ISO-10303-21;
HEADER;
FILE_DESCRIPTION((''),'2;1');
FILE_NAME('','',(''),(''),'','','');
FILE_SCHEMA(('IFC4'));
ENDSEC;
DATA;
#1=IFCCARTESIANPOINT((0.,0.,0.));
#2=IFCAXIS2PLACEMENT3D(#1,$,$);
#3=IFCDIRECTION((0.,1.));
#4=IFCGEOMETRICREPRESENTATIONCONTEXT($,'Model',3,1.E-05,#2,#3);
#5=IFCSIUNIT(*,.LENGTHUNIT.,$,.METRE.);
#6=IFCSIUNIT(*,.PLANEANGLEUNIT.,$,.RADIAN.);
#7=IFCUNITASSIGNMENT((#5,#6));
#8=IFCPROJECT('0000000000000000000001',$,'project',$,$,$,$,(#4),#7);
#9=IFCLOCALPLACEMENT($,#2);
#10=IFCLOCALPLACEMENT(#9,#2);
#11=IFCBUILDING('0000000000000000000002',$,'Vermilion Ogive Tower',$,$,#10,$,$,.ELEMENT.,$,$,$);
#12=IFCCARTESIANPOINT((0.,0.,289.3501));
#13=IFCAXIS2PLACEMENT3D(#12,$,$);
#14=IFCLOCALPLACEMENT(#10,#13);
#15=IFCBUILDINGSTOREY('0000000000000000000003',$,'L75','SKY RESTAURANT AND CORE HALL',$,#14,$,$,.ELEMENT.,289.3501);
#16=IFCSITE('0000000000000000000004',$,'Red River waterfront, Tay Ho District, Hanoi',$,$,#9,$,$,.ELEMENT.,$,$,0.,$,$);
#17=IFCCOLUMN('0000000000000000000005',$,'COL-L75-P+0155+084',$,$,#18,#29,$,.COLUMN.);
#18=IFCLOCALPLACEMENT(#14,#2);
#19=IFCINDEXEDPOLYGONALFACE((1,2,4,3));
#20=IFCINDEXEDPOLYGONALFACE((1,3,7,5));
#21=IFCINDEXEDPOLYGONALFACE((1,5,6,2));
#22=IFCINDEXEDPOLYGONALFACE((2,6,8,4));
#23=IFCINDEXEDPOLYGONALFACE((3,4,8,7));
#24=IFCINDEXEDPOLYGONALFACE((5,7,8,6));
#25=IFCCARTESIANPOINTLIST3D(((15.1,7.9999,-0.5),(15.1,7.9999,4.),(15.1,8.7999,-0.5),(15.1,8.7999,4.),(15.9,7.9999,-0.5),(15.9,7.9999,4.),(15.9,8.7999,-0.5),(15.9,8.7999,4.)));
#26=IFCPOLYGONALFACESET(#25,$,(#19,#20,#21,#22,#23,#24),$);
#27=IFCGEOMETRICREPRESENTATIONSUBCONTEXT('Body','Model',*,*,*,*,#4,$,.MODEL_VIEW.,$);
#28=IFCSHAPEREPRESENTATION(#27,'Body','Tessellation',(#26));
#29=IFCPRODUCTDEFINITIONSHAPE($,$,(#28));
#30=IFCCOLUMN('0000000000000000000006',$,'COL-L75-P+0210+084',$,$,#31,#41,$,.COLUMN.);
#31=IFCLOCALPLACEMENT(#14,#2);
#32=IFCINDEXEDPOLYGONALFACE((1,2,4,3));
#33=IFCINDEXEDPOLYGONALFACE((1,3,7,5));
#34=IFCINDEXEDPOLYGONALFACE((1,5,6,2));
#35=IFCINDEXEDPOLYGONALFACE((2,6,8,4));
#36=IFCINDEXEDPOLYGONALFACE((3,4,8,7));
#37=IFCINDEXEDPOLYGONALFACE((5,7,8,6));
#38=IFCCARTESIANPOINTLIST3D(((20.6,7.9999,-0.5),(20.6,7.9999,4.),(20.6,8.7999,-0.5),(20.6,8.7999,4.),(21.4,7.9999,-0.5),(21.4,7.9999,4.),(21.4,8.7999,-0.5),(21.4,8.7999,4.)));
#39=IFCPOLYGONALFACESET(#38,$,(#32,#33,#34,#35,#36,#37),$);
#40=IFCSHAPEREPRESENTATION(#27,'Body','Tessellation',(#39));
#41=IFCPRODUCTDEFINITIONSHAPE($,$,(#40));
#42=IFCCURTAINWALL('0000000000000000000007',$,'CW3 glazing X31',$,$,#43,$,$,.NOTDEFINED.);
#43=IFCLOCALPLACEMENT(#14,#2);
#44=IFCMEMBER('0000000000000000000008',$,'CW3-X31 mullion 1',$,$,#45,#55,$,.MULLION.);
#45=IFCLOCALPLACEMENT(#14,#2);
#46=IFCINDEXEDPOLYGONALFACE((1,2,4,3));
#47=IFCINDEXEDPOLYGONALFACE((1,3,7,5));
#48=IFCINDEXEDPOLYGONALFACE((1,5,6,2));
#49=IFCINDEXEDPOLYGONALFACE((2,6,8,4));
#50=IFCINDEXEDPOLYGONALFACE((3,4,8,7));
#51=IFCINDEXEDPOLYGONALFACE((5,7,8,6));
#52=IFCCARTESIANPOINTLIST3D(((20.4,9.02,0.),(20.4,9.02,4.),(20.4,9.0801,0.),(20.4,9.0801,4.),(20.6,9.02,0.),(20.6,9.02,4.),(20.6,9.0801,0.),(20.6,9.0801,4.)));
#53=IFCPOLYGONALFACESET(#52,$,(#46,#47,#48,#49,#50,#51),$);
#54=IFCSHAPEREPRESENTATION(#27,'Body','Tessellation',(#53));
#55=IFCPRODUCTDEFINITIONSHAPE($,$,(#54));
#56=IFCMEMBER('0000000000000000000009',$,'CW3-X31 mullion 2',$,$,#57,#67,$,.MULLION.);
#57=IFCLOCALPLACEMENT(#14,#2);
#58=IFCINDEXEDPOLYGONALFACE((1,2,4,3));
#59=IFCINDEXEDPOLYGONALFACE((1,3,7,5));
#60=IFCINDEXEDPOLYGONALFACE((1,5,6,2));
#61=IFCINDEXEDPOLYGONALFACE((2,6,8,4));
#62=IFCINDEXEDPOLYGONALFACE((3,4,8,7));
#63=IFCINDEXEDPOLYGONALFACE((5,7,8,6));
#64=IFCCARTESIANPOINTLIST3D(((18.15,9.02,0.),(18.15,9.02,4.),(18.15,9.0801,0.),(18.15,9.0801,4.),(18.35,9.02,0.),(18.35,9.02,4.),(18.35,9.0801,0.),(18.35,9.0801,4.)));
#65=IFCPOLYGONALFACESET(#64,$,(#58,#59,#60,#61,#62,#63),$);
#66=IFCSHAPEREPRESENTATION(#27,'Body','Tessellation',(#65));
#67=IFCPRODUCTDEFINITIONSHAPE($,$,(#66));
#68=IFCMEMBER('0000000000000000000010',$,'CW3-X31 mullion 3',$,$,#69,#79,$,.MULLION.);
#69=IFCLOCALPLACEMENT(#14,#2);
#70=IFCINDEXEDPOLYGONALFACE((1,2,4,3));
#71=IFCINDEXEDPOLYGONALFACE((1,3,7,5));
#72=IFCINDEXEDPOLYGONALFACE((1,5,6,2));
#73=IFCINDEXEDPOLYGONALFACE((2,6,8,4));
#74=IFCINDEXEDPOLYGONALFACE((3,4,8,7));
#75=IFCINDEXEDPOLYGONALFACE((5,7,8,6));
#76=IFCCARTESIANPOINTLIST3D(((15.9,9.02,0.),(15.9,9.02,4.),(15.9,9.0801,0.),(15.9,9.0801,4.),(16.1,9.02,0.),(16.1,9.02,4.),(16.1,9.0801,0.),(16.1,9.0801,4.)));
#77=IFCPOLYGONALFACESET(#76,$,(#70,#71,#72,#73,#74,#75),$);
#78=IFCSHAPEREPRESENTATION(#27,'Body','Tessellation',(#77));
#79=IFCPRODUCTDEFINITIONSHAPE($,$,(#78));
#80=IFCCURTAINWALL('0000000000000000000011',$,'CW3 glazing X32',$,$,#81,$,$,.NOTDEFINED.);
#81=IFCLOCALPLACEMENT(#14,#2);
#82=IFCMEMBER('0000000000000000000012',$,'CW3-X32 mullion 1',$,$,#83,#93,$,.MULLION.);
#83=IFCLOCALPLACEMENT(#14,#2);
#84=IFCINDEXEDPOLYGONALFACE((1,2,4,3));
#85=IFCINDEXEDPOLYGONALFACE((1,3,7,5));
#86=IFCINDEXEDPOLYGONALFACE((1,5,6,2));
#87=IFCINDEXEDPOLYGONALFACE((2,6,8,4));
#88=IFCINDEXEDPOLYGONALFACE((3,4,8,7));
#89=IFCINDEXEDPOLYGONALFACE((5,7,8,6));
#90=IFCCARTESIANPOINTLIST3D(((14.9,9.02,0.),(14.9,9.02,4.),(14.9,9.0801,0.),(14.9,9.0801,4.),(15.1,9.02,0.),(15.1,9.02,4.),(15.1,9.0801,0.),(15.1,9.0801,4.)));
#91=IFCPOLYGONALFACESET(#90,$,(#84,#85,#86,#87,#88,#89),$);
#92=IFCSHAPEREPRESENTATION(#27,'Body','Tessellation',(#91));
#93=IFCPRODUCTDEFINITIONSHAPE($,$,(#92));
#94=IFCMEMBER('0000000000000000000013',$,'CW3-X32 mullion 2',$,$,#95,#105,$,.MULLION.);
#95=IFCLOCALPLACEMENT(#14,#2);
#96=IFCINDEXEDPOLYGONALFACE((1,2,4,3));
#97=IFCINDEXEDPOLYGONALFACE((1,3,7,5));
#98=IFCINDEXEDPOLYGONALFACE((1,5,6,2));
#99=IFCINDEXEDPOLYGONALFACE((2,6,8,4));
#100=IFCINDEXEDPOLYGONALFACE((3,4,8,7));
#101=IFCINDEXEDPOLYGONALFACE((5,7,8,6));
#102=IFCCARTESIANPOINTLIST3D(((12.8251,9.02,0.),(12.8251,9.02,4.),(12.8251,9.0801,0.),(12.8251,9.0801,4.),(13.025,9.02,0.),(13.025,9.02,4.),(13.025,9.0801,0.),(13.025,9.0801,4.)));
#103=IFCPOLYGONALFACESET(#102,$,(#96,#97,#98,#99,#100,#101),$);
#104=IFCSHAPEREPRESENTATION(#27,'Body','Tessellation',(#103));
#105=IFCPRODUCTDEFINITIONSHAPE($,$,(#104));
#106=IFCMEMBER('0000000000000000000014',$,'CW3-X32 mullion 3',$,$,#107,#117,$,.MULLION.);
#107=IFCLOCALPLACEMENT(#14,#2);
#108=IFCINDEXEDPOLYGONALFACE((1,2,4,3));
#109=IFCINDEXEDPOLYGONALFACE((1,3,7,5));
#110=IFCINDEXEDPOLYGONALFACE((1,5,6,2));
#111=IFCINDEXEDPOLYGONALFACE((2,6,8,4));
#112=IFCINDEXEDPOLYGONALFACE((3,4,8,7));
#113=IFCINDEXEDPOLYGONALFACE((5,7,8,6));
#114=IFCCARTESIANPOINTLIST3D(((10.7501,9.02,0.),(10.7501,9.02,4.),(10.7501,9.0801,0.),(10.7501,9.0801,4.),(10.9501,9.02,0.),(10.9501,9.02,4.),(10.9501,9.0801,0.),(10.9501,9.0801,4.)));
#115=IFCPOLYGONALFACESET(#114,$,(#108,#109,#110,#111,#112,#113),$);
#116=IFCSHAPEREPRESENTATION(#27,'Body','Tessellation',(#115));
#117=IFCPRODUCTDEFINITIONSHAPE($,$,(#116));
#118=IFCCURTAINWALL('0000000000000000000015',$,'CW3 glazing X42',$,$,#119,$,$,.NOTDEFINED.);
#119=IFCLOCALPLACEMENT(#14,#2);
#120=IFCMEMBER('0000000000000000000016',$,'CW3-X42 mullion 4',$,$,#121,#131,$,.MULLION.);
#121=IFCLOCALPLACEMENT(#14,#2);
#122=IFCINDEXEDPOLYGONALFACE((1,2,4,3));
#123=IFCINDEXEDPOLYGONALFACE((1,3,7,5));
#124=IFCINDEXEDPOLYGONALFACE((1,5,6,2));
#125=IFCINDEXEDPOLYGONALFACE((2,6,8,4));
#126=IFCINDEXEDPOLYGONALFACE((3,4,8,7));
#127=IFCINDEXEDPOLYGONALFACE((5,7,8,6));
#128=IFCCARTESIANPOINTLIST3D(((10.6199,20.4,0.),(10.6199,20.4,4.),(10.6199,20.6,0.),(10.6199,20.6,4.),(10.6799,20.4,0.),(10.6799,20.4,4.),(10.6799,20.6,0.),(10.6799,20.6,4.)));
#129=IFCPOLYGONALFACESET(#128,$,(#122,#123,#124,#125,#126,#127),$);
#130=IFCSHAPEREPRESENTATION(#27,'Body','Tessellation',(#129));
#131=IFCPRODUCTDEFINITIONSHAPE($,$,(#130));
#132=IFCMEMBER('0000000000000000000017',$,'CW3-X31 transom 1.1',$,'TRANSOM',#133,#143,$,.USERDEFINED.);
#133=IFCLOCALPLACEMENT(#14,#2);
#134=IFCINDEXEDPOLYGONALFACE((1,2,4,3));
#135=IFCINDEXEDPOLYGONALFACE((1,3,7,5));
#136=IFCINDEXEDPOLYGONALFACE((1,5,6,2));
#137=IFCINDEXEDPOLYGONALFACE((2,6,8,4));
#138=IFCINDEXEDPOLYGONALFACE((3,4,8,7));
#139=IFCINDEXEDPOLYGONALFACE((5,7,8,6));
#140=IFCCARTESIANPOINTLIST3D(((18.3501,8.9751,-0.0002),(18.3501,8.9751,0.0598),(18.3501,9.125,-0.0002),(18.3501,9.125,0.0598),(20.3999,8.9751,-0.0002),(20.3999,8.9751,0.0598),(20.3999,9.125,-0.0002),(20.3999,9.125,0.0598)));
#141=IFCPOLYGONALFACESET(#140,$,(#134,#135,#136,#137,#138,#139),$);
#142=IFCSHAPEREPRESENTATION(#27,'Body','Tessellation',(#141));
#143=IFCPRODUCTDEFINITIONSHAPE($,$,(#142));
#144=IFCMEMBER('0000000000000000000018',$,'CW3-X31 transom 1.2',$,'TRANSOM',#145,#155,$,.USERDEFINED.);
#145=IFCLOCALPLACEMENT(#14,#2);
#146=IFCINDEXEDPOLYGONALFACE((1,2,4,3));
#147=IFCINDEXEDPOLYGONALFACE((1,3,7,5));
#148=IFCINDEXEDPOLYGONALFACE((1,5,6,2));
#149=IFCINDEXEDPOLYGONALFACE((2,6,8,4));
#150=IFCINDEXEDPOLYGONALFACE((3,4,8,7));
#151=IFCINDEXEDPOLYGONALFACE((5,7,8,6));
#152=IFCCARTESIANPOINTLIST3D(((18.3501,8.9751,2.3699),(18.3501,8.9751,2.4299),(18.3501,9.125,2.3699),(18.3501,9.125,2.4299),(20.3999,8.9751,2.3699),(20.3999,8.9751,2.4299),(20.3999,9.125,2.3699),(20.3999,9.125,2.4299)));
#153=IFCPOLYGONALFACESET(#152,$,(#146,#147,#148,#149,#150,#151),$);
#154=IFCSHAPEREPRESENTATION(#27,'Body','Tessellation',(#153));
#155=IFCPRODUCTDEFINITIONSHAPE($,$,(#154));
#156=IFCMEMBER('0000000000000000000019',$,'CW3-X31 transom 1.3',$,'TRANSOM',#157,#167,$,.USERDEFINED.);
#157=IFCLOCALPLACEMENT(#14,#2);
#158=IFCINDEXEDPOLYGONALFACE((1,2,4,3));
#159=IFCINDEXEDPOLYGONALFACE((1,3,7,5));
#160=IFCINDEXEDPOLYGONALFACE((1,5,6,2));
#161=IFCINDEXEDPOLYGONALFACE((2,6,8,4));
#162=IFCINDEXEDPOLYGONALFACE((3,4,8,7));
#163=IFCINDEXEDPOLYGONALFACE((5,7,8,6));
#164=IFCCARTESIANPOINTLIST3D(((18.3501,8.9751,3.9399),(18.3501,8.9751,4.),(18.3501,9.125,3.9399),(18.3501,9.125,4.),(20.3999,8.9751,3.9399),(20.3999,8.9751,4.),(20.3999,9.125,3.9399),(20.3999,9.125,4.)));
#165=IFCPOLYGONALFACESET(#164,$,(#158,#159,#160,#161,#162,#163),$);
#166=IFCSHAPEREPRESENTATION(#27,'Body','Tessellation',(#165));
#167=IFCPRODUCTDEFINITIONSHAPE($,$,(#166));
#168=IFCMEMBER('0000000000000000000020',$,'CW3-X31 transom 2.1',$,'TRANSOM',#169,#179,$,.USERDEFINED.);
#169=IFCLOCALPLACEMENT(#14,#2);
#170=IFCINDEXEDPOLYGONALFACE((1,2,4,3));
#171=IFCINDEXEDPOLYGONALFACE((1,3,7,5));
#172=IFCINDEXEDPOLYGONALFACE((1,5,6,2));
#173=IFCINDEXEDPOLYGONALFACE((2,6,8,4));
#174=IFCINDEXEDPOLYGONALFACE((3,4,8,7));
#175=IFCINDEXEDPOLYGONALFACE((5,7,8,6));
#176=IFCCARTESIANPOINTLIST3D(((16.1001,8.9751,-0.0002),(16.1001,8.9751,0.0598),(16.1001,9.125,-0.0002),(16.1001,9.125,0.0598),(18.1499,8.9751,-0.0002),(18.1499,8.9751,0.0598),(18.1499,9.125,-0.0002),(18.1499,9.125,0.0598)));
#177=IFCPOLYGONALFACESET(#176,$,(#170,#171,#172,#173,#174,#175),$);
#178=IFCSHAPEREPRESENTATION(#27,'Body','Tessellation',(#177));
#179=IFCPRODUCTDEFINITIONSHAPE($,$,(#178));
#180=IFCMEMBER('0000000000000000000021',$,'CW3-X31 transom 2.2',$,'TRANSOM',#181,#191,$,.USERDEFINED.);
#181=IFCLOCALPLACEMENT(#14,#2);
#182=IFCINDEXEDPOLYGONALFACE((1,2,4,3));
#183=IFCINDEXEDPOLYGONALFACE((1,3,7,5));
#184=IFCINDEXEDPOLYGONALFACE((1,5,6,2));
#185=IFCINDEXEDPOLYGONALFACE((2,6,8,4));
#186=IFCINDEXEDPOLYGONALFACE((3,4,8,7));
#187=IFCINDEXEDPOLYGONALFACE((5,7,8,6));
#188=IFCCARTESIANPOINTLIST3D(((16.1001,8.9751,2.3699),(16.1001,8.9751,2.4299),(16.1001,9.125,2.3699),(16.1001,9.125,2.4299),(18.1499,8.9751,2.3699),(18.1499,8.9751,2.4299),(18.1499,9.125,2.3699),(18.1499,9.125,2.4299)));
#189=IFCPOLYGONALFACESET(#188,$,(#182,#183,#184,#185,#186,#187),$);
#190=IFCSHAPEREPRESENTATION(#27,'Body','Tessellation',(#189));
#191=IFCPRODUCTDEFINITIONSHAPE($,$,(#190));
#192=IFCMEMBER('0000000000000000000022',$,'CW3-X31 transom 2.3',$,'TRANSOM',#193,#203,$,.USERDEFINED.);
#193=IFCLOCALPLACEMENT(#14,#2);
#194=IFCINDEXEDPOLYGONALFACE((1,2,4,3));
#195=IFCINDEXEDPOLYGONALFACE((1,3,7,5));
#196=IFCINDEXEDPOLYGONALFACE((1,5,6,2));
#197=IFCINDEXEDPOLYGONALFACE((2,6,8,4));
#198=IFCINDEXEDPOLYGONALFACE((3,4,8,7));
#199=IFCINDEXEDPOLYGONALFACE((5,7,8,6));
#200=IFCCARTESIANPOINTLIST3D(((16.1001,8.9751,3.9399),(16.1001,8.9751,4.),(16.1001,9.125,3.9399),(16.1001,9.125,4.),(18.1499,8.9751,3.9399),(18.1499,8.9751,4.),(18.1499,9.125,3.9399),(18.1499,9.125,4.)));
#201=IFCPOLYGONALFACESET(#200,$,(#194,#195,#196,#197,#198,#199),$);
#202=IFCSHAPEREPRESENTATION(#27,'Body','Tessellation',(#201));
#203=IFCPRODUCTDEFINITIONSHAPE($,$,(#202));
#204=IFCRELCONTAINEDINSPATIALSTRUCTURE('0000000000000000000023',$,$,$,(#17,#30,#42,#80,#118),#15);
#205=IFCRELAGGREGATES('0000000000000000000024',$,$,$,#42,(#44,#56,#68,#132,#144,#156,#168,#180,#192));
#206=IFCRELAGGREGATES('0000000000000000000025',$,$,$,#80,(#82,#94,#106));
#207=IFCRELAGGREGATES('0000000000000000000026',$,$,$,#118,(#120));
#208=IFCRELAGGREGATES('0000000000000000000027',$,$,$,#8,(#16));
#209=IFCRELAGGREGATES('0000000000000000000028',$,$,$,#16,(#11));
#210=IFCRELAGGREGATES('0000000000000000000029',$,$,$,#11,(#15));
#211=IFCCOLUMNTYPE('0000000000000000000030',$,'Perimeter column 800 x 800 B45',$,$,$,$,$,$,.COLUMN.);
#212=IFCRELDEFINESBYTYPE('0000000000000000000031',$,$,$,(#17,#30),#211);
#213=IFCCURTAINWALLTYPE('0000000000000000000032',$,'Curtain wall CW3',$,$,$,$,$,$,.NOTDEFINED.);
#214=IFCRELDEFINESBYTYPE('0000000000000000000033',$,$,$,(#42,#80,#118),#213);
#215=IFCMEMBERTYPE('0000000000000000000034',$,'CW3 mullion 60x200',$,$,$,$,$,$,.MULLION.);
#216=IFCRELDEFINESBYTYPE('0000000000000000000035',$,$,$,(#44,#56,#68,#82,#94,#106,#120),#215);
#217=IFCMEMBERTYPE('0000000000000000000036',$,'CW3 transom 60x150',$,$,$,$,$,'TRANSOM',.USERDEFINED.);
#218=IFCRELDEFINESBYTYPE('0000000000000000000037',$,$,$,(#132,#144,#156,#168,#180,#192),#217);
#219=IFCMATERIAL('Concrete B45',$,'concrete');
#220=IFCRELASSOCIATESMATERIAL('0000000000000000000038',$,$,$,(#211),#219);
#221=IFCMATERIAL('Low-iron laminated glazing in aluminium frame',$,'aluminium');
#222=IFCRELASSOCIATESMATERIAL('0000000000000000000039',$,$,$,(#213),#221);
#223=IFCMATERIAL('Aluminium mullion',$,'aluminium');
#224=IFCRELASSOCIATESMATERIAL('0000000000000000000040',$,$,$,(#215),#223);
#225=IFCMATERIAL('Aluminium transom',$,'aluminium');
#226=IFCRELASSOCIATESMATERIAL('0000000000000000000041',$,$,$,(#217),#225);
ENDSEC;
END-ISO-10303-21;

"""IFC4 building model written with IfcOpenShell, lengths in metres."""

from ifc_helpers import new_model, si_unit, direction, frame, origin, origin_2d, place, context, subcontext, project, spatial, rectangle, extrude, material, material_profile, profile_set, type_object, element, aggregate, save


model = new_model("IFC4")

# Units and contexts
model_context = context("Model", 3, precision=1e-05, world=origin(), true_north=direction((0.0, 1.0)))
body_context = subcontext(model_context, "Body", "Model", "MODEL_VIEW")
ifc_project = project(units=[si_unit("LENGTHUNIT", "METRE"), si_unit("PLANEANGLEUNIT", "RADIAN")], contexts=[model_context])

# Site, building, storey
site_placement = place(None, origin())
site = spatial("IfcSite", under=ifc_project, at=site_placement, Name="Red River waterfront, Tay Ho District, Hanoi", CompositionType="ELEMENT", RefElevation=0.0)
building_placement = place(site_placement, origin())
building = spatial("IfcBuilding", under=site, at=building_placement, Name="Vermilion Ogive Tower", CompositionType="ELEMENT")
storey_placement = place(building_placement, frame((0.0, 0.0, 289.3501)))
storey = spatial("IfcBuildingStorey", under=building, at=storey_placement, Name="L75", Description="SKY RESTAURANT AND CORE HALL", CompositionType="ELEMENT", Elevation=289.3501)

# Columns
ifc_material_1 = material(Name="Concrete B45", Category="concrete")
ifc_material_profile_1 = material_profile(ifc_material_1, rectangle(XDim=0.8, YDim=0.8, at=origin_2d()), Name="800 x 800")
ifc_profile_set_1 = profile_set([ifc_material_profile_1], Name="Concrete B45")
column_type = type_object("IfcColumnType", Name="Perimeter column 800 x 800 B45", PredefinedType="COLUMN", material=ifc_profile_set_1)
for number, where, z_axis, x_axis, name in (
    (1, (15.5, 8.3999, -0.5), (0.0, 0.0, 1.0), (1.0, 0.0, 0.0), "COL-L75-P+0155+084"),
    (2, (21.0, 8.3999, -0.5), (0.0, 0.0, 1.0), (1.0, 0.0, 0.0), "COL-L75-P+0210+084"),
):
    element("IfcColumn", number, at=place(storey_placement, frame(where, z_axis=z_axis, x_axis=x_axis)), inside=storey, type_object=column_type, Name=name, PredefinedType="COLUMN", context=body_context, shape_type="SweptSolid", body=[
        extrude(rectangle(XDim=0.8, YDim=0.8, at=origin_2d()), origin(), (0.0, 0.0, 1.0), 4.5),
    ])

# Curtain walls, members
ifc_material_2 = material(Name="Low-iron laminated glazing in aluminium frame", Category="aluminium")
curtain_wall_type = type_object("IfcCurtainWallType", Name="Curtain wall CW3", PredefinedType="NOTDEFINED", material=ifc_material_2)
curtain_wall_1_placement = place(storey_placement, origin())
curtain_wall_1 = element("IfcCurtainWall", 3, at=curtain_wall_1_placement, inside=storey, type_object=curtain_wall_type, Name="CW3 glazing X31", PredefinedType="NOTDEFINED")
ifc_material_3 = material(Name="Aluminium mullion", Category="aluminium")
ifc_material_profile_2 = material_profile(ifc_material_3, rectangle(XDim=0.0601, YDim=0.2, at=origin_2d()), Name="AL 60x200")
ifc_profile_set_2 = profile_set([ifc_material_profile_2], Name="Aluminium mullion")
member_type_1 = type_object("IfcMemberType", Name="CW3 mullion 60x200", PredefinedType="MULLION", material=ifc_profile_set_2)
member_1_placement = place(storey_placement, frame((20.5, 9.05, 0.0), z_axis=(0.0, 0.0, 1.0), x_axis=(0.0, -1.0, 0.0)))
member_1 = element("IfcMember", 4, at=member_1_placement, type_object=member_type_1, Name="CW3-X31 mullion 1", PredefinedType="MULLION", context=body_context, shape_type="SweptSolid", body=[
    extrude(rectangle(XDim=0.0601, YDim=0.2, at=origin_2d()), origin(), (0.0, 0.0, 1.0), 4.0),
])
member_2_placement = place(storey_placement, frame((18.25, 9.05, 0.0), z_axis=(0.0, 0.0, 1.0), x_axis=(0.0, -1.0, 0.0)))
member_2 = element("IfcMember", 5, at=member_2_placement, type_object=member_type_1, Name="CW3-X31 mullion 2", PredefinedType="MULLION", context=body_context, shape_type="SweptSolid", body=[
    extrude(rectangle(XDim=0.0601, YDim=0.2, at=origin_2d()), origin(), (0.0, 0.0, 1.0), 4.0),
])
member_3_placement = place(storey_placement, frame((16.0, 9.05, 0.0), z_axis=(0.0, 0.0, 1.0), x_axis=(0.0, -1.0, 0.0)))
member_3 = element("IfcMember", 6, at=member_3_placement, type_object=member_type_1, Name="CW3-X31 mullion 3", PredefinedType="MULLION", context=body_context, shape_type="SweptSolid", body=[
    extrude(rectangle(XDim=0.0601, YDim=0.2, at=origin_2d()), origin(), (0.0, 0.0, 1.0), 4.0),
])
curtain_wall_2_placement = place(storey_placement, origin())
curtain_wall_2 = element("IfcCurtainWall", 7, at=curtain_wall_2_placement, inside=storey, type_object=curtain_wall_type, Name="CW3 glazing X32", PredefinedType="NOTDEFINED")
member_4_placement = place(storey_placement, frame((15.0, 9.05, 0.0), z_axis=(0.0, 0.0, 1.0), x_axis=(0.0, -1.0, 0.0)))
member_4 = element("IfcMember", 8, at=member_4_placement, type_object=member_type_1, Name="CW3-X32 mullion 1", PredefinedType="MULLION", context=body_context, shape_type="SweptSolid", body=[
    extrude(rectangle(XDim=0.0601, YDim=0.2, at=origin_2d()), origin(), (0.0, 0.0, 1.0), 4.0),
])
member_5_placement = place(storey_placement, frame((12.925, 9.05, 0.0), z_axis=(0.0, 0.0, 1.0), x_axis=(0.0, -1.0, 0.0)))
member_5 = element("IfcMember", 9, at=member_5_placement, type_object=member_type_1, Name="CW3-X32 mullion 2", PredefinedType="MULLION", context=body_context, shape_type="SweptSolid", body=[
    extrude(rectangle(XDim=0.0601, YDim=0.2, at=origin_2d()), origin(), (0.0, 0.0, 1.0), 4.0),
])
member_6_placement = place(storey_placement, frame((10.8501, 9.05, 0.0), z_axis=(0.0, 0.0, 1.0), x_axis=(0.0, -1.0, 0.0)))
member_6 = element("IfcMember", 10, at=member_6_placement, type_object=member_type_1, Name="CW3-X32 mullion 3", PredefinedType="MULLION", context=body_context, shape_type="SweptSolid", body=[
    extrude(rectangle(XDim=0.0601, YDim=0.2, at=origin_2d()), origin(), (0.0, 0.0, 1.0), 4.0),
])

# Curtain wall, member
curtain_wall_3_placement = place(storey_placement, origin())
curtain_wall_3 = element("IfcCurtainWall", 11, at=curtain_wall_3_placement, inside=storey, type_object=curtain_wall_type, Name="CW3 glazing X42", PredefinedType="NOTDEFINED")
member_7_placement = place(storey_placement, frame((10.6499, 20.5, 0.0), z_axis=(0.0, 0.0, 1.0), x_axis=(-1.0, 0.0, 0.0)))
member_7 = element("IfcMember", 12, at=member_7_placement, type_object=member_type_1, Name="CW3-X42 mullion 4", PredefinedType="MULLION", context=body_context, shape_type="SweptSolid", body=[
    extrude(rectangle(XDim=0.0601, YDim=0.2, at=origin_2d()), origin(), (0.0, 0.0, 1.0), 4.0),
])

# Members
ifc_material_4 = material(Name="Aluminium transom", Category="aluminium")
ifc_material_profile_3 = material_profile(ifc_material_4, rectangle(XDim=0.1499, YDim=0.0601, at=origin_2d()), Name="AL 60x150")
ifc_profile_set_3 = profile_set([ifc_material_profile_3], Name="Aluminium transom")
member_type_2 = type_object("IfcMemberType", Name="CW3 transom 60x150", ElementType="TRANSOM", PredefinedType="USERDEFINED", material=ifc_profile_set_3)
member_8_placement = place(storey_placement, frame((20.3999, 9.05, 0.0298), z_axis=(-1.0, 0.0, 0.0), x_axis=(0.0, -1.0, 0.0)))
member_8 = element("IfcMember", 13, at=member_8_placement, type_object=member_type_2, Name="CW3-X31 transom 1.1", ObjectType="TRANSOM", PredefinedType="USERDEFINED", context=body_context, shape_type="SweptSolid", body=[
    extrude(rectangle(XDim=0.1499, YDim=0.0601, at=origin_2d()), origin(), (0.0, 0.0, 1.0), 2.0498),
])
member_9_placement = place(storey_placement, frame((20.3999, 9.05, 2.3999), z_axis=(-1.0, 0.0, 0.0), x_axis=(0.0, -1.0, 0.0)))
member_9 = element("IfcMember", 14, at=member_9_placement, type_object=member_type_2, Name="CW3-X31 transom 1.2", ObjectType="TRANSOM", PredefinedType="USERDEFINED", context=body_context, shape_type="SweptSolid", body=[
    extrude(rectangle(XDim=0.1499, YDim=0.0601, at=origin_2d()), origin(), (0.0, 0.0, 1.0), 2.0498),
])
member_10_placement = place(storey_placement, frame((20.3999, 9.05, 3.97), z_axis=(-1.0, 0.0, 0.0), x_axis=(0.0, -1.0, 0.0)))
member_10 = element("IfcMember", 15, at=member_10_placement, type_object=member_type_2, Name="CW3-X31 transom 1.3", ObjectType="TRANSOM", PredefinedType="USERDEFINED", context=body_context, shape_type="SweptSolid", body=[
    extrude(rectangle(XDim=0.1499, YDim=0.0601, at=origin_2d()), origin(), (0.0, 0.0, 1.0), 2.0498),
])
member_11_placement = place(storey_placement, frame((18.1499, 9.05, 0.0298), z_axis=(-1.0, 0.0, 0.0), x_axis=(0.0, -1.0, 0.0)))
member_11 = element("IfcMember", 16, at=member_11_placement, type_object=member_type_2, Name="CW3-X31 transom 2.1", ObjectType="TRANSOM", PredefinedType="USERDEFINED", context=body_context, shape_type="SweptSolid", body=[
    extrude(rectangle(XDim=0.1499, YDim=0.0601, at=origin_2d()), origin(), (0.0, 0.0, 1.0), 2.0498),
])
member_12_placement = place(storey_placement, frame((18.1499, 9.05, 2.3999), z_axis=(-1.0, 0.0, 0.0), x_axis=(0.0, -1.0, 0.0)))
member_12 = element("IfcMember", 17, at=member_12_placement, type_object=member_type_2, Name="CW3-X31 transom 2.2", ObjectType="TRANSOM", PredefinedType="USERDEFINED", context=body_context, shape_type="SweptSolid", body=[
    extrude(rectangle(XDim=0.1499, YDim=0.0601, at=origin_2d()), origin(), (0.0, 0.0, 1.0), 2.0498),
])
member_13_placement = place(storey_placement, frame((18.1499, 9.05, 3.97), z_axis=(-1.0, 0.0, 0.0), x_axis=(0.0, -1.0, 0.0)))
member_13 = element("IfcMember", 18, at=member_13_placement, type_object=member_type_2, Name="CW3-X31 transom 2.3", ObjectType="TRANSOM", PredefinedType="USERDEFINED", context=body_context, shape_type="SweptSolid", body=[
    extrude(rectangle(XDim=0.1499, YDim=0.0601, at=origin_2d()), origin(), (0.0, 0.0, 1.0), 2.0498),
])

aggregate(curtain_wall_1, [member_1, member_2, member_3, member_8, member_9, member_10, member_11, member_12, member_13])
aggregate(curtain_wall_2, [member_4, member_5, member_6])
aggregate(curtain_wall_3, [member_7])

save(model, "model.ifc")
